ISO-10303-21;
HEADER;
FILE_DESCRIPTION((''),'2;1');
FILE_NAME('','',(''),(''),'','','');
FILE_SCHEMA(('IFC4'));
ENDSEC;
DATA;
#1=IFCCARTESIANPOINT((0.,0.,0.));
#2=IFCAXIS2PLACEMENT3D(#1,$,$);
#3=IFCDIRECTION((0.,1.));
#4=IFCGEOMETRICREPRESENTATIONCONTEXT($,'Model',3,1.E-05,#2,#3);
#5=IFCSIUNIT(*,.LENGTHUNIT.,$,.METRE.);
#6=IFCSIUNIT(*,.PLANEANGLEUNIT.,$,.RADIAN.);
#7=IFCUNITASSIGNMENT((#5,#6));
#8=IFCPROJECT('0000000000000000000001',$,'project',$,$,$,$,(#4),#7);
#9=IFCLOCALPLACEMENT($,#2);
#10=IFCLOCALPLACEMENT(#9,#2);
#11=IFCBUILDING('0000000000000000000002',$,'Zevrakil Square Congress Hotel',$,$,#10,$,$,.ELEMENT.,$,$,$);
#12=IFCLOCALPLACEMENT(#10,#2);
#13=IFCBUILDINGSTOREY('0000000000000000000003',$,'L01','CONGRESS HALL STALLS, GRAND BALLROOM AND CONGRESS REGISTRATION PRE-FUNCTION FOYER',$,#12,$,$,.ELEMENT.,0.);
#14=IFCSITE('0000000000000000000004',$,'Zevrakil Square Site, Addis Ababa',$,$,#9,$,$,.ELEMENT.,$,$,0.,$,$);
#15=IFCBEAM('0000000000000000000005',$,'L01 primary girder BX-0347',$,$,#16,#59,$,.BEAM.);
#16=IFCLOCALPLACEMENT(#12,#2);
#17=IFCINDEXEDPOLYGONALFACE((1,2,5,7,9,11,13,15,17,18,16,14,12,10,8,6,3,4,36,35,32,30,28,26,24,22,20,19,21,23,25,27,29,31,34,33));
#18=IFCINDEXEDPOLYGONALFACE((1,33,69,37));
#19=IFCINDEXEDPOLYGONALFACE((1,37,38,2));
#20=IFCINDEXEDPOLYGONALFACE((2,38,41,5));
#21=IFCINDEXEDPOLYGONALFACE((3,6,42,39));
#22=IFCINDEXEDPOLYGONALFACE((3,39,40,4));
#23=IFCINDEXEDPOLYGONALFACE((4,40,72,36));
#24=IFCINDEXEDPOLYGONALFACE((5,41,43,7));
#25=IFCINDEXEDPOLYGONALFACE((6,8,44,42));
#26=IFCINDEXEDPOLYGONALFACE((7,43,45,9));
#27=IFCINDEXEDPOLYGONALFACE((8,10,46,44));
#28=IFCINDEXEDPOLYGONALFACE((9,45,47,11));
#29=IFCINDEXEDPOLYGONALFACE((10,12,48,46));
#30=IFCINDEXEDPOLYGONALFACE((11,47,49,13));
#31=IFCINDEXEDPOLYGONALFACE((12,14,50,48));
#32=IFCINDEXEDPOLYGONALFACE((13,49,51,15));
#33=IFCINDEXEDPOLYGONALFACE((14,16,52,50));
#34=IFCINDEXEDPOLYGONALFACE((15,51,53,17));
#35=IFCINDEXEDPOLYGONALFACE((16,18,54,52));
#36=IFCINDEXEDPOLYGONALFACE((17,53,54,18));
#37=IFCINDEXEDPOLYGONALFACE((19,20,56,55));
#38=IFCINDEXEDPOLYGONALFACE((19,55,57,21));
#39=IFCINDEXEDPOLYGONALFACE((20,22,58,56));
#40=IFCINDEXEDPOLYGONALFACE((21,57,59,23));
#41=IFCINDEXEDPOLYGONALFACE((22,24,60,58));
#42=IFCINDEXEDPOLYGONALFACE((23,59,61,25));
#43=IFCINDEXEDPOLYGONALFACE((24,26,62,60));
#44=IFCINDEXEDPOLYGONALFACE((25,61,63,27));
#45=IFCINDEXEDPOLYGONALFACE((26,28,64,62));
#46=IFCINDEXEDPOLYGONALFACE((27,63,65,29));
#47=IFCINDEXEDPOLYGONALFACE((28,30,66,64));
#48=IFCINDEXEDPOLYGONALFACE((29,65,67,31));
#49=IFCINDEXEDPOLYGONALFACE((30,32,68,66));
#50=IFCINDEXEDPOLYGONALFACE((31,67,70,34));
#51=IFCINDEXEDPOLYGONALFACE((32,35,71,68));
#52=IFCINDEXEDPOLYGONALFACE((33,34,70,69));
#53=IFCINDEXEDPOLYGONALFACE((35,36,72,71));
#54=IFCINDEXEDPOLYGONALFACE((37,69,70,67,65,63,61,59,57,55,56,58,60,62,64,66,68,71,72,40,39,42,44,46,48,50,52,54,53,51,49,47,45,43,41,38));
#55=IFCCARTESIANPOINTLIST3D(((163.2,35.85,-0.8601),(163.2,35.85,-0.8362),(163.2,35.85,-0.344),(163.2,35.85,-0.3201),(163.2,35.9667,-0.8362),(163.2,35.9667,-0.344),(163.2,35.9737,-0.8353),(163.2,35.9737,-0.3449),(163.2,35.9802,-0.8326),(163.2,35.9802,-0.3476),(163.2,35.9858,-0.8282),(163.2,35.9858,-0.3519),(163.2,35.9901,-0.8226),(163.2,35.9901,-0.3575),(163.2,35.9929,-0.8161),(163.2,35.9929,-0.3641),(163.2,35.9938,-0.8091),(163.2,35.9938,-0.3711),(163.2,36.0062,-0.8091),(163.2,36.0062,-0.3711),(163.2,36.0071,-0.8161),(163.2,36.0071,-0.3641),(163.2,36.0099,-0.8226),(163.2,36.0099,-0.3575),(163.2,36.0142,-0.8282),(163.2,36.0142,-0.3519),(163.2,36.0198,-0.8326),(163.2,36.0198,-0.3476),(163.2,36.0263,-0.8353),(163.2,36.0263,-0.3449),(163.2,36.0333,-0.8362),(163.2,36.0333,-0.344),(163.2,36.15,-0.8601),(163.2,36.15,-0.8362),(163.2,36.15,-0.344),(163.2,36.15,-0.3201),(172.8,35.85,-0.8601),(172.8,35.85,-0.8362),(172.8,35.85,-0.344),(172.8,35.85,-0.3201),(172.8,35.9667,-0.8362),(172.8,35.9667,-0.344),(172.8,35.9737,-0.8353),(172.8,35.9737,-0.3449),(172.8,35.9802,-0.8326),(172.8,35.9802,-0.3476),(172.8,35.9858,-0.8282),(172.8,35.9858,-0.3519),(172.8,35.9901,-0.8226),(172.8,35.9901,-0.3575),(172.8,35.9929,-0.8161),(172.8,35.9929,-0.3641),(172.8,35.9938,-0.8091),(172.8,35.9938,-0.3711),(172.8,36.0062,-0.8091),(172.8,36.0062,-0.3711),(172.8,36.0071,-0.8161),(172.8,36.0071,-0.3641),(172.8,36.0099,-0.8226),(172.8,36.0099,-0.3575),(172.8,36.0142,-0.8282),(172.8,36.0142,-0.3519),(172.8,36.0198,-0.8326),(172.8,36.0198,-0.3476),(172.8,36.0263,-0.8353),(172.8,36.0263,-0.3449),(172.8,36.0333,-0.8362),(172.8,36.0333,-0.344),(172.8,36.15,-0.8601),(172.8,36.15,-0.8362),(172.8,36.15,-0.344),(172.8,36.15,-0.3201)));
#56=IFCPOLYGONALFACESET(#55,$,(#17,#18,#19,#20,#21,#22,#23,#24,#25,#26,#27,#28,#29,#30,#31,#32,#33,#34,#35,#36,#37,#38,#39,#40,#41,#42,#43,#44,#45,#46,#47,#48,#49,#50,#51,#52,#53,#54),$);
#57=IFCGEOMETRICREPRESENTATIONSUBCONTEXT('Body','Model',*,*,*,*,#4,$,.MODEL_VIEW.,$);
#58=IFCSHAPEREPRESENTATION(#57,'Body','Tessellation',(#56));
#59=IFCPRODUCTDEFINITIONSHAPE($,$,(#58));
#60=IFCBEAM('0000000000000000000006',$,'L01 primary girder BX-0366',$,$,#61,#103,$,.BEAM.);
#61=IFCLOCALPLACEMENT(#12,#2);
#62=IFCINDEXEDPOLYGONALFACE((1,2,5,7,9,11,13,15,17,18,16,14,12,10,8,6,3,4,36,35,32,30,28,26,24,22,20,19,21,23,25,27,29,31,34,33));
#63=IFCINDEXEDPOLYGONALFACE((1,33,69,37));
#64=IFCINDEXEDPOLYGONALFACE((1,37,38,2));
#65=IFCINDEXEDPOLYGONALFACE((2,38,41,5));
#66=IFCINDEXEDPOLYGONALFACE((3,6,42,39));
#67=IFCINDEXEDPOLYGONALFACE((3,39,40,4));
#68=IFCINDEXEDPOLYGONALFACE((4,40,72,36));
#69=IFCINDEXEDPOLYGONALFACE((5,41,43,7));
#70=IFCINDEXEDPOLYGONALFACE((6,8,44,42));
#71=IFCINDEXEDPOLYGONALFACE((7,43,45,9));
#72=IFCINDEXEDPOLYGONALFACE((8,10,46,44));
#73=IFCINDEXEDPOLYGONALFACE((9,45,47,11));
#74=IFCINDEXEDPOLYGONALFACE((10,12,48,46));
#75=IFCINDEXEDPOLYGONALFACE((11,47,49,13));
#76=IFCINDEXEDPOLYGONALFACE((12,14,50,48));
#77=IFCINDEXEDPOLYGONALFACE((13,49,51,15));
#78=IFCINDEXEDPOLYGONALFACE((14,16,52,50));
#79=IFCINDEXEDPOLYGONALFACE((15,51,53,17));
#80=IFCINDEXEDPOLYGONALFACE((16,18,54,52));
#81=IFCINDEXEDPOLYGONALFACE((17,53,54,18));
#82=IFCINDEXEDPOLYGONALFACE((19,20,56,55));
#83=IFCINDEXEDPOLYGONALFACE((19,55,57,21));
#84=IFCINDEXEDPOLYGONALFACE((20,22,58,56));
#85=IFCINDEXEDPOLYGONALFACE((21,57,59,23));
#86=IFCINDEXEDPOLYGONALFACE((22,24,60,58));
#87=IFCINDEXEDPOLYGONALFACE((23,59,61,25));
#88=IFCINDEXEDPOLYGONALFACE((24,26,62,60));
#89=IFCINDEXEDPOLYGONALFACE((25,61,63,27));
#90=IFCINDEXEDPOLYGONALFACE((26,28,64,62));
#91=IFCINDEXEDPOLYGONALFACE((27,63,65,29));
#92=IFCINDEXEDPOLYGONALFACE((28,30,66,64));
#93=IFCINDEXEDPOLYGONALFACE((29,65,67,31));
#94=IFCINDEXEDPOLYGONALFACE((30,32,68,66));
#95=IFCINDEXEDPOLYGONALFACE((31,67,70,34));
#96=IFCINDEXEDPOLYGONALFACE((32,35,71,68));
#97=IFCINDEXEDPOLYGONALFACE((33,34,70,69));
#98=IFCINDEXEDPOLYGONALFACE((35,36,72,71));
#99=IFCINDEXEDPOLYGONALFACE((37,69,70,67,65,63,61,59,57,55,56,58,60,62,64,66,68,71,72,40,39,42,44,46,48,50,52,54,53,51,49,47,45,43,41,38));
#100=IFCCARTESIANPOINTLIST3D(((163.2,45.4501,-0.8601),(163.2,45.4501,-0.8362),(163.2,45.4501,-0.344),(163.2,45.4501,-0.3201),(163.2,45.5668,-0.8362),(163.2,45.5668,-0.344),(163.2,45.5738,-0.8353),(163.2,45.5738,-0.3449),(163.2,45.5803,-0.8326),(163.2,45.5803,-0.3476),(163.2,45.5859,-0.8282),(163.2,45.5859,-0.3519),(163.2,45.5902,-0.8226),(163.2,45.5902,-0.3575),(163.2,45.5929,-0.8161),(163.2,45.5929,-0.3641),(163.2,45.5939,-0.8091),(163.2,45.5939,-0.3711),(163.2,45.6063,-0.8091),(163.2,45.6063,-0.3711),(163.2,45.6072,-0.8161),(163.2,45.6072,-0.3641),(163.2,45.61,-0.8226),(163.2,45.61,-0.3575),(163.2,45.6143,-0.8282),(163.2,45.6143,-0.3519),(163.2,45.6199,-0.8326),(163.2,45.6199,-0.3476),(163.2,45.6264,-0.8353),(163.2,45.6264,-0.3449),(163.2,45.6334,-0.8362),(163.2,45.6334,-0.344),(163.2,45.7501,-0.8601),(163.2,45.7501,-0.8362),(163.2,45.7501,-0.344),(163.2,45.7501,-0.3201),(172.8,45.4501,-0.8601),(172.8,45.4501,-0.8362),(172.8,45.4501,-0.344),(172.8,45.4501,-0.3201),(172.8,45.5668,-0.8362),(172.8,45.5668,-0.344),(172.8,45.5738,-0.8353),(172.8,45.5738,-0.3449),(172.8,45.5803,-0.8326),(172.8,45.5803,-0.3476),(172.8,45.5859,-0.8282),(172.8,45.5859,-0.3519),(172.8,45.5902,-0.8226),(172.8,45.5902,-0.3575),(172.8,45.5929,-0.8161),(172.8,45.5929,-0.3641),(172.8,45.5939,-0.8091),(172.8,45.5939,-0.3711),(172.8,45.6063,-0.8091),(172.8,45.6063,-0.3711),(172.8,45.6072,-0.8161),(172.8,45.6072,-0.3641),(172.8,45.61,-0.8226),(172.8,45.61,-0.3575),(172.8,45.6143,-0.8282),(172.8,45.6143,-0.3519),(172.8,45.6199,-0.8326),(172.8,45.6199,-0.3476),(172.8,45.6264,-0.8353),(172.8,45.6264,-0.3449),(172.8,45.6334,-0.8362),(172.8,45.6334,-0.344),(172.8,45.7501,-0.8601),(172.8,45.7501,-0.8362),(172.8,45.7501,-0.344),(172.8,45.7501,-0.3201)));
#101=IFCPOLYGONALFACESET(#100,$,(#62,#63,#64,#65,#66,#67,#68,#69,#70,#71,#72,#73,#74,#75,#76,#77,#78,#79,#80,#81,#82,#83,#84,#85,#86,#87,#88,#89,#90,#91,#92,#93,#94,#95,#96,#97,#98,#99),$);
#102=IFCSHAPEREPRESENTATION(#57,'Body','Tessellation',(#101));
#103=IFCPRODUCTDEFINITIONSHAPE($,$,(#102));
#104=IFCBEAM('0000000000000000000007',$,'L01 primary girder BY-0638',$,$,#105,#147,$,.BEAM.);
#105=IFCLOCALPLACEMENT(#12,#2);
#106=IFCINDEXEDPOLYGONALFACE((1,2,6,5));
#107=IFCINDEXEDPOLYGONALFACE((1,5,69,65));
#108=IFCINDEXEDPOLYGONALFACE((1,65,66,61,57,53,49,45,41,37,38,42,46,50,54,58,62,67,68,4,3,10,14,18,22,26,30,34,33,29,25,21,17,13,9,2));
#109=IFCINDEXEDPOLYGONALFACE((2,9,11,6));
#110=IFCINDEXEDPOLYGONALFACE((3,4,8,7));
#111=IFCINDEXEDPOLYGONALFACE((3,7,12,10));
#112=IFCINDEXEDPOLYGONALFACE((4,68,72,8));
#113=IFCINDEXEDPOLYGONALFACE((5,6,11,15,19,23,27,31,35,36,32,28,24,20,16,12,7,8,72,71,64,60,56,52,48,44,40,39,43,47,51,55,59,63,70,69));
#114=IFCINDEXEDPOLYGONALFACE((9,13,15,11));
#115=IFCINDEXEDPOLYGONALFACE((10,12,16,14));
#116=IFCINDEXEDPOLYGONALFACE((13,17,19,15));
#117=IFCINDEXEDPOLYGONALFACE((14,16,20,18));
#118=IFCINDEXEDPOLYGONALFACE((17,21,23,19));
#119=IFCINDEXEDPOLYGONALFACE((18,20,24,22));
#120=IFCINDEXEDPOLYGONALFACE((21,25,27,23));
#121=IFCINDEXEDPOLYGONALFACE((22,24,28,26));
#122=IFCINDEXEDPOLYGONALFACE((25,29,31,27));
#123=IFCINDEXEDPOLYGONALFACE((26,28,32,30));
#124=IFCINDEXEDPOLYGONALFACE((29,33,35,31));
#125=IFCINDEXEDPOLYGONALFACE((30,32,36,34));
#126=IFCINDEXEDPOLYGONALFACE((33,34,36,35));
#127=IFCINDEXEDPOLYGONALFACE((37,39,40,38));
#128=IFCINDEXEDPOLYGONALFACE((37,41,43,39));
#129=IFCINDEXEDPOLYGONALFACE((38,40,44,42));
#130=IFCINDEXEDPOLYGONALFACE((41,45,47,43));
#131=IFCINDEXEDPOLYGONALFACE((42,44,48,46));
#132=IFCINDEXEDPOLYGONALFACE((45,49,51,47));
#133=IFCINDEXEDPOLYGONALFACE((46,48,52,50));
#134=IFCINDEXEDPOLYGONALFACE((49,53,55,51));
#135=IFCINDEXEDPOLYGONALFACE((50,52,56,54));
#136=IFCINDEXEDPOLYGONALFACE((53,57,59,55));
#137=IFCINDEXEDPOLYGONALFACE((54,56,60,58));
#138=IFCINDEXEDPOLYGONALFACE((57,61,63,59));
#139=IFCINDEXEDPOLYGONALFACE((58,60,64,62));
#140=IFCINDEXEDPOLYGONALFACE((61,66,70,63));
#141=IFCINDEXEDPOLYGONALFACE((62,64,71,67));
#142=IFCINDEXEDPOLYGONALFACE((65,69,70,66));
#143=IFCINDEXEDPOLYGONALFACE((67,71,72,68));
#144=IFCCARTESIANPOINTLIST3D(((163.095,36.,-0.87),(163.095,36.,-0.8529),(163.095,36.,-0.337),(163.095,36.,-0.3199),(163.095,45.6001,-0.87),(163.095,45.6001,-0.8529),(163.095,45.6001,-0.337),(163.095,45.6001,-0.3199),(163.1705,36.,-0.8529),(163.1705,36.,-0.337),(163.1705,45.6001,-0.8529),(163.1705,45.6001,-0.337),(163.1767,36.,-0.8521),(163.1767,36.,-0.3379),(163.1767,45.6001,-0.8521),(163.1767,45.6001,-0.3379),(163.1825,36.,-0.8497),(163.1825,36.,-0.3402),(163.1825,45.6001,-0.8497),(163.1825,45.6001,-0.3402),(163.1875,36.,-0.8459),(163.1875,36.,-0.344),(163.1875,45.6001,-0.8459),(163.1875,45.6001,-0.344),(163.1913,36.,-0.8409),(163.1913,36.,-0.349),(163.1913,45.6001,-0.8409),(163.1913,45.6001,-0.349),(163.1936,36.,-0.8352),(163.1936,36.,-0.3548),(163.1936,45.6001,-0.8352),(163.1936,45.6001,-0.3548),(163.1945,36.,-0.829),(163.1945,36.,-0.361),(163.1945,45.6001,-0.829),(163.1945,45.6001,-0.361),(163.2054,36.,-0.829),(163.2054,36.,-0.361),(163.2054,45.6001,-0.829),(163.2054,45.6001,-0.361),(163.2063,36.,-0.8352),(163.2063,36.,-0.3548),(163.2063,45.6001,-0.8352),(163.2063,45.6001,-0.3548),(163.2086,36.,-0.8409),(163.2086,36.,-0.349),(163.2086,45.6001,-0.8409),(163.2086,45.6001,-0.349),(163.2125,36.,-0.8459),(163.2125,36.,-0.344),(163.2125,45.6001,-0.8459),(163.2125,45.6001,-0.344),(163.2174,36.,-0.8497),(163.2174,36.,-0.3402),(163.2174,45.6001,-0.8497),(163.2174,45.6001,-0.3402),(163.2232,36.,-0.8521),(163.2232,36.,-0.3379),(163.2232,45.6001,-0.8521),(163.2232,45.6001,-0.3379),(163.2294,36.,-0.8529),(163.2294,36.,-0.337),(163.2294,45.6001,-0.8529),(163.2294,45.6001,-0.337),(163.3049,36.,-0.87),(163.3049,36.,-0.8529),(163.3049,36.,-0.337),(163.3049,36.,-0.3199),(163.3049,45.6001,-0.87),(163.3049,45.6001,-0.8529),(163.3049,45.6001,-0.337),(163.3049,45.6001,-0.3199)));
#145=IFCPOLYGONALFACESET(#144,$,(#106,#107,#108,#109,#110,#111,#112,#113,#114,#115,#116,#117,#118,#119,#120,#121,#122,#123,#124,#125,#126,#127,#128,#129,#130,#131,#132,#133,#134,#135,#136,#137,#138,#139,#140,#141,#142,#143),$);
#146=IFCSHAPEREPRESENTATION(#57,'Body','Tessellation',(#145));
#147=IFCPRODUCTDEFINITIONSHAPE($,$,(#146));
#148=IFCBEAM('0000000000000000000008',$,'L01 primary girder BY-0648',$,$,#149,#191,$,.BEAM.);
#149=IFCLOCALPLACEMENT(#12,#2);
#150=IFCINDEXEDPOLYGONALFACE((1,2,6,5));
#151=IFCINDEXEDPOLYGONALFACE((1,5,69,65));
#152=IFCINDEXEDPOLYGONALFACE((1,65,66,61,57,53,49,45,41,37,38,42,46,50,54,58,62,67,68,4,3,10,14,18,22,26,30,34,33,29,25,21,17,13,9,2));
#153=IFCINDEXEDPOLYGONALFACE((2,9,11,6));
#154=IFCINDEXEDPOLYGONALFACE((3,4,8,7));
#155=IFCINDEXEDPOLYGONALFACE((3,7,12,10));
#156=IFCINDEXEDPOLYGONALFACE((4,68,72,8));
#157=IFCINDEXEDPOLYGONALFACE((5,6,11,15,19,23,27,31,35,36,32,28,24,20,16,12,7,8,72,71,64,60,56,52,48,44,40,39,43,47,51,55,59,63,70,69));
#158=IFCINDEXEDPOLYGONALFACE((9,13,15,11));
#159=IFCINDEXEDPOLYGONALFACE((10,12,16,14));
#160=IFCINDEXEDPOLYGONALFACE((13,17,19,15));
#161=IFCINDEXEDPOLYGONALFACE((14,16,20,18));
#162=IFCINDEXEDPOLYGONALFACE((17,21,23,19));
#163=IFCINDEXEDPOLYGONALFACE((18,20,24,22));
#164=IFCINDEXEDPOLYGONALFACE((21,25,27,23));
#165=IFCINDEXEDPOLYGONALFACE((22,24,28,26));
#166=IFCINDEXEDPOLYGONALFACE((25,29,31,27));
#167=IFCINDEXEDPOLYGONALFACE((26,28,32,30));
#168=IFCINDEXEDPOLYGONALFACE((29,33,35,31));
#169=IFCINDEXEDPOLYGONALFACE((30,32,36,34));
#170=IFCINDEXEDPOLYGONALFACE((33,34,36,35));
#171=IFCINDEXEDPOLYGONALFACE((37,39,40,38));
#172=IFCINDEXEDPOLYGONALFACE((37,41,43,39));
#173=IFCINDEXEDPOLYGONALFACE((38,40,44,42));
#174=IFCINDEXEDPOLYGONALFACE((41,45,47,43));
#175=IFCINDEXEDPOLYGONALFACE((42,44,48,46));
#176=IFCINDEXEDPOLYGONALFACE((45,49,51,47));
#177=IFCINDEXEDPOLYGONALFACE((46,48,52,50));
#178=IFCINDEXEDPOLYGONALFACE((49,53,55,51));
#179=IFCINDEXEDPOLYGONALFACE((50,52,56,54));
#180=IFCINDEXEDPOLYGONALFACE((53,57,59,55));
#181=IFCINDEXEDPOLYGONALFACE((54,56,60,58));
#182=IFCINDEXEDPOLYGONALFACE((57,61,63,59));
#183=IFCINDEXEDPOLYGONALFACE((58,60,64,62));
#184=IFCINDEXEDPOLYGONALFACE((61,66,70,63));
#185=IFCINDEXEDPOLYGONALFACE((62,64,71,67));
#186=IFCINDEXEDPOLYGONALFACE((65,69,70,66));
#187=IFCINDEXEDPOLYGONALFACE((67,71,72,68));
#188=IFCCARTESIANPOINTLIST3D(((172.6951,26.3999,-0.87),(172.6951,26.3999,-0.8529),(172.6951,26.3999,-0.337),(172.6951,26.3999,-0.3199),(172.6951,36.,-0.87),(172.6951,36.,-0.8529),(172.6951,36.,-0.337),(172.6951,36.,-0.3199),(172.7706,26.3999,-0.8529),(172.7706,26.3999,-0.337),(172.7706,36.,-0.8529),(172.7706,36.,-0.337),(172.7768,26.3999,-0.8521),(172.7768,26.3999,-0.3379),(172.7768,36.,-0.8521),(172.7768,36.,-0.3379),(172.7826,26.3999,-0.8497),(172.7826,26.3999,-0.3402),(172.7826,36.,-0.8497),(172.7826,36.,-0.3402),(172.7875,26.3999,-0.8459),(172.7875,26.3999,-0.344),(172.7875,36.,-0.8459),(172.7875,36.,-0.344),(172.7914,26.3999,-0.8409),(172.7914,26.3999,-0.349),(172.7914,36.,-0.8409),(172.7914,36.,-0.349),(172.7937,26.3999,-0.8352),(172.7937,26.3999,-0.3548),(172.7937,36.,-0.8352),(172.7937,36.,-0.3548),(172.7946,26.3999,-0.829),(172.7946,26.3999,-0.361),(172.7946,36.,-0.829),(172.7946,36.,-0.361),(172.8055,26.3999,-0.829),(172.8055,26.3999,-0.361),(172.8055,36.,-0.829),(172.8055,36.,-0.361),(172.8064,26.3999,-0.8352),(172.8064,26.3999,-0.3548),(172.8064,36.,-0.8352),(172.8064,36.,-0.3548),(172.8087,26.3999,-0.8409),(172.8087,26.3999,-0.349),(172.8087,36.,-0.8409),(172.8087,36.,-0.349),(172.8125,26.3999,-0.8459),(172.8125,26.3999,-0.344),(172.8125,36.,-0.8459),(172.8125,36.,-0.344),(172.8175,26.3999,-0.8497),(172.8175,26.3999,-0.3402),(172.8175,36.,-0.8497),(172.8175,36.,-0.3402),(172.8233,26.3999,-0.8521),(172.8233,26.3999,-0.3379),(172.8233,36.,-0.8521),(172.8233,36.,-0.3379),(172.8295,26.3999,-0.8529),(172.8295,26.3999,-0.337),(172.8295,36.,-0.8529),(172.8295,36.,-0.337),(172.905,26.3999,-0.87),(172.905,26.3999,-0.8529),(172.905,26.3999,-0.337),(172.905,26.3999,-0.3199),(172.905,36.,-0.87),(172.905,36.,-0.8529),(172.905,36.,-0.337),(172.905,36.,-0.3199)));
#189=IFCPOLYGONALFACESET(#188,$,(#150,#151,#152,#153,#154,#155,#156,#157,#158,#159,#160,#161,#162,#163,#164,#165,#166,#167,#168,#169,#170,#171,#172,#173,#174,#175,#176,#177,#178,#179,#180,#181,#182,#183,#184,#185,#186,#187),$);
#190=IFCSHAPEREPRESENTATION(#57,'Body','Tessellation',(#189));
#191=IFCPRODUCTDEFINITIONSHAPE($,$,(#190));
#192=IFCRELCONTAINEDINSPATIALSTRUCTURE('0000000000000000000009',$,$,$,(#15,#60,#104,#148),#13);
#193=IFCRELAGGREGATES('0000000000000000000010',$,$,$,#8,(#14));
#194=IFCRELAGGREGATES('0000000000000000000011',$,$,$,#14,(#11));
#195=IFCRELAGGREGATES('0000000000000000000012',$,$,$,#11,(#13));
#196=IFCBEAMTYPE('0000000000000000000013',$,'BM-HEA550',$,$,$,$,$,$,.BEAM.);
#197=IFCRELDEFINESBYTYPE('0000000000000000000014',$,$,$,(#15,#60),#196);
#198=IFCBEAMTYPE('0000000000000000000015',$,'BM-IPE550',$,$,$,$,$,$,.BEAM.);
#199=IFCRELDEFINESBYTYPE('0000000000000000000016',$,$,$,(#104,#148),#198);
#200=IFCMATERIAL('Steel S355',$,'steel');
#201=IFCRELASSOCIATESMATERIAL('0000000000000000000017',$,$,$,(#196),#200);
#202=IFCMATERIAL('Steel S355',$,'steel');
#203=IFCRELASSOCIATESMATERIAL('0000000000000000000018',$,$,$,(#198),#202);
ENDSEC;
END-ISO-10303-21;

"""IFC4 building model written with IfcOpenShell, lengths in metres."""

from ifc_helpers import new_model, si_unit, direction, frame, origin, origin_2d, place, context, subcontext, project, spatial, i_section, extrude, material, material_profile, profile_set, type_object, element, save


model = new_model("IFC4")

# Units and contexts
model_context = context("Model", 3, precision=1e-05, world=origin(), true_north=direction((0.0, 1.0)))
body_context = subcontext(model_context, "Body", "Model", "MODEL_VIEW")
ifc_project = project(units=[si_unit("LENGTHUNIT", "METRE"), si_unit("PLANEANGLEUNIT", "RADIAN")], contexts=[model_context])

# Site, building, storey
site_placement = place(None, origin())
site = spatial("IfcSite", under=ifc_project, at=site_placement, Name="Zevrakil Square Site, Addis Ababa", CompositionType="ELEMENT", RefElevation=0.0)
building_placement = place(site_placement, origin())
building = spatial("IfcBuilding", under=site, at=building_placement, Name="Zevrakil Square Congress Hotel", CompositionType="ELEMENT")
storey_placement = place(building_placement, origin())
storey = spatial("IfcBuildingStorey", under=building, at=storey_placement, Name="L01", Description="CONGRESS HALL STALLS, GRAND BALLROOM AND CONGRESS REGISTRATION PRE-FUNCTION FOYER", CompositionType="ELEMENT", Elevation=0.0)

# Beams
ifc_material_1 = material(Name="Steel S355", Category="steel")
ifc_material_profile_1 = material_profile(ifc_material_1, i_section(OverallWidth=0.3, OverallDepth=0.54, WebThickness=0.0125, FlangeThickness=0.0239, FilletRadius=0.0271, at=origin_2d()), Name="HEA 550")
ifc_profile_set_1 = profile_set([ifc_material_profile_1], Name="Steel S355")
beam_type_1 = type_object("IfcBeamType", Name="BM-HEA550", PredefinedType="BEAM", material=ifc_profile_set_1)
for number, where, z_axis, x_axis, name in (
    (1, (163.2, 36.0, -0.5901), (1.0, 0.0, 0.0), (0.0, 1.0, 0.0), "L01 primary girder BX-0347"),
    (2, (163.2, 45.6001, -0.5901), (1.0, 0.0, 0.0), (0.0, 1.0, 0.0), "L01 primary girder BX-0366"),
):
    element("IfcBeam", number, at=place(storey_placement, frame(where, z_axis=z_axis, x_axis=x_axis)), inside=storey, type_object=beam_type_1, Name=name, PredefinedType="BEAM", context=body_context, shape_type="SweptSolid", body=[
        extrude(i_section(OverallWidth=0.3, OverallDepth=0.54, WebThickness=0.0125, FlangeThickness=0.0239, FilletRadius=0.0271, at=origin_2d()), origin(), (0.0, 0.0, 1.0), 9.6001),
    ])
ifc_material_2 = material(Name="Steel S355", Category="steel")
ifc_material_profile_2 = material_profile(ifc_material_2, i_section(OverallWidth=0.21, OverallDepth=0.55, WebThickness=0.011, FlangeThickness=0.0171, FilletRadius=0.0239, at=origin_2d()), Name="IPE 550")
ifc_profile_set_2 = profile_set([ifc_material_profile_2], Name="Steel S355")
beam_type_2 = type_object("IfcBeamType", Name="BM-IPE550", PredefinedType="BEAM", material=ifc_profile_set_2)
for number, where, z_axis, x_axis, name in (
    (3, (163.2, 36.0, -0.595), (0.0, 1.0, 0.0), (-1.0, 0.0, 0.0), "L01 primary girder BY-0638"),
    (4, (172.8, 26.3999, -0.595), (0.0, 1.0, 0.0), (-1.0, 0.0, 0.0), "L01 primary girder BY-0648"),
):
    element("IfcBeam", number, at=place(storey_placement, frame(where, z_axis=z_axis, x_axis=x_axis)), inside=storey, type_object=beam_type_2, Name=name, PredefinedType="BEAM", context=body_context, shape_type="SweptSolid", body=[
        extrude(i_section(OverallWidth=0.21, OverallDepth=0.55, WebThickness=0.011, FlangeThickness=0.0171, FilletRadius=0.0239, at=origin_2d()), origin(), (0.0, 0.0, 1.0), 9.6001),
    ])

save(model, "model.ifc")
